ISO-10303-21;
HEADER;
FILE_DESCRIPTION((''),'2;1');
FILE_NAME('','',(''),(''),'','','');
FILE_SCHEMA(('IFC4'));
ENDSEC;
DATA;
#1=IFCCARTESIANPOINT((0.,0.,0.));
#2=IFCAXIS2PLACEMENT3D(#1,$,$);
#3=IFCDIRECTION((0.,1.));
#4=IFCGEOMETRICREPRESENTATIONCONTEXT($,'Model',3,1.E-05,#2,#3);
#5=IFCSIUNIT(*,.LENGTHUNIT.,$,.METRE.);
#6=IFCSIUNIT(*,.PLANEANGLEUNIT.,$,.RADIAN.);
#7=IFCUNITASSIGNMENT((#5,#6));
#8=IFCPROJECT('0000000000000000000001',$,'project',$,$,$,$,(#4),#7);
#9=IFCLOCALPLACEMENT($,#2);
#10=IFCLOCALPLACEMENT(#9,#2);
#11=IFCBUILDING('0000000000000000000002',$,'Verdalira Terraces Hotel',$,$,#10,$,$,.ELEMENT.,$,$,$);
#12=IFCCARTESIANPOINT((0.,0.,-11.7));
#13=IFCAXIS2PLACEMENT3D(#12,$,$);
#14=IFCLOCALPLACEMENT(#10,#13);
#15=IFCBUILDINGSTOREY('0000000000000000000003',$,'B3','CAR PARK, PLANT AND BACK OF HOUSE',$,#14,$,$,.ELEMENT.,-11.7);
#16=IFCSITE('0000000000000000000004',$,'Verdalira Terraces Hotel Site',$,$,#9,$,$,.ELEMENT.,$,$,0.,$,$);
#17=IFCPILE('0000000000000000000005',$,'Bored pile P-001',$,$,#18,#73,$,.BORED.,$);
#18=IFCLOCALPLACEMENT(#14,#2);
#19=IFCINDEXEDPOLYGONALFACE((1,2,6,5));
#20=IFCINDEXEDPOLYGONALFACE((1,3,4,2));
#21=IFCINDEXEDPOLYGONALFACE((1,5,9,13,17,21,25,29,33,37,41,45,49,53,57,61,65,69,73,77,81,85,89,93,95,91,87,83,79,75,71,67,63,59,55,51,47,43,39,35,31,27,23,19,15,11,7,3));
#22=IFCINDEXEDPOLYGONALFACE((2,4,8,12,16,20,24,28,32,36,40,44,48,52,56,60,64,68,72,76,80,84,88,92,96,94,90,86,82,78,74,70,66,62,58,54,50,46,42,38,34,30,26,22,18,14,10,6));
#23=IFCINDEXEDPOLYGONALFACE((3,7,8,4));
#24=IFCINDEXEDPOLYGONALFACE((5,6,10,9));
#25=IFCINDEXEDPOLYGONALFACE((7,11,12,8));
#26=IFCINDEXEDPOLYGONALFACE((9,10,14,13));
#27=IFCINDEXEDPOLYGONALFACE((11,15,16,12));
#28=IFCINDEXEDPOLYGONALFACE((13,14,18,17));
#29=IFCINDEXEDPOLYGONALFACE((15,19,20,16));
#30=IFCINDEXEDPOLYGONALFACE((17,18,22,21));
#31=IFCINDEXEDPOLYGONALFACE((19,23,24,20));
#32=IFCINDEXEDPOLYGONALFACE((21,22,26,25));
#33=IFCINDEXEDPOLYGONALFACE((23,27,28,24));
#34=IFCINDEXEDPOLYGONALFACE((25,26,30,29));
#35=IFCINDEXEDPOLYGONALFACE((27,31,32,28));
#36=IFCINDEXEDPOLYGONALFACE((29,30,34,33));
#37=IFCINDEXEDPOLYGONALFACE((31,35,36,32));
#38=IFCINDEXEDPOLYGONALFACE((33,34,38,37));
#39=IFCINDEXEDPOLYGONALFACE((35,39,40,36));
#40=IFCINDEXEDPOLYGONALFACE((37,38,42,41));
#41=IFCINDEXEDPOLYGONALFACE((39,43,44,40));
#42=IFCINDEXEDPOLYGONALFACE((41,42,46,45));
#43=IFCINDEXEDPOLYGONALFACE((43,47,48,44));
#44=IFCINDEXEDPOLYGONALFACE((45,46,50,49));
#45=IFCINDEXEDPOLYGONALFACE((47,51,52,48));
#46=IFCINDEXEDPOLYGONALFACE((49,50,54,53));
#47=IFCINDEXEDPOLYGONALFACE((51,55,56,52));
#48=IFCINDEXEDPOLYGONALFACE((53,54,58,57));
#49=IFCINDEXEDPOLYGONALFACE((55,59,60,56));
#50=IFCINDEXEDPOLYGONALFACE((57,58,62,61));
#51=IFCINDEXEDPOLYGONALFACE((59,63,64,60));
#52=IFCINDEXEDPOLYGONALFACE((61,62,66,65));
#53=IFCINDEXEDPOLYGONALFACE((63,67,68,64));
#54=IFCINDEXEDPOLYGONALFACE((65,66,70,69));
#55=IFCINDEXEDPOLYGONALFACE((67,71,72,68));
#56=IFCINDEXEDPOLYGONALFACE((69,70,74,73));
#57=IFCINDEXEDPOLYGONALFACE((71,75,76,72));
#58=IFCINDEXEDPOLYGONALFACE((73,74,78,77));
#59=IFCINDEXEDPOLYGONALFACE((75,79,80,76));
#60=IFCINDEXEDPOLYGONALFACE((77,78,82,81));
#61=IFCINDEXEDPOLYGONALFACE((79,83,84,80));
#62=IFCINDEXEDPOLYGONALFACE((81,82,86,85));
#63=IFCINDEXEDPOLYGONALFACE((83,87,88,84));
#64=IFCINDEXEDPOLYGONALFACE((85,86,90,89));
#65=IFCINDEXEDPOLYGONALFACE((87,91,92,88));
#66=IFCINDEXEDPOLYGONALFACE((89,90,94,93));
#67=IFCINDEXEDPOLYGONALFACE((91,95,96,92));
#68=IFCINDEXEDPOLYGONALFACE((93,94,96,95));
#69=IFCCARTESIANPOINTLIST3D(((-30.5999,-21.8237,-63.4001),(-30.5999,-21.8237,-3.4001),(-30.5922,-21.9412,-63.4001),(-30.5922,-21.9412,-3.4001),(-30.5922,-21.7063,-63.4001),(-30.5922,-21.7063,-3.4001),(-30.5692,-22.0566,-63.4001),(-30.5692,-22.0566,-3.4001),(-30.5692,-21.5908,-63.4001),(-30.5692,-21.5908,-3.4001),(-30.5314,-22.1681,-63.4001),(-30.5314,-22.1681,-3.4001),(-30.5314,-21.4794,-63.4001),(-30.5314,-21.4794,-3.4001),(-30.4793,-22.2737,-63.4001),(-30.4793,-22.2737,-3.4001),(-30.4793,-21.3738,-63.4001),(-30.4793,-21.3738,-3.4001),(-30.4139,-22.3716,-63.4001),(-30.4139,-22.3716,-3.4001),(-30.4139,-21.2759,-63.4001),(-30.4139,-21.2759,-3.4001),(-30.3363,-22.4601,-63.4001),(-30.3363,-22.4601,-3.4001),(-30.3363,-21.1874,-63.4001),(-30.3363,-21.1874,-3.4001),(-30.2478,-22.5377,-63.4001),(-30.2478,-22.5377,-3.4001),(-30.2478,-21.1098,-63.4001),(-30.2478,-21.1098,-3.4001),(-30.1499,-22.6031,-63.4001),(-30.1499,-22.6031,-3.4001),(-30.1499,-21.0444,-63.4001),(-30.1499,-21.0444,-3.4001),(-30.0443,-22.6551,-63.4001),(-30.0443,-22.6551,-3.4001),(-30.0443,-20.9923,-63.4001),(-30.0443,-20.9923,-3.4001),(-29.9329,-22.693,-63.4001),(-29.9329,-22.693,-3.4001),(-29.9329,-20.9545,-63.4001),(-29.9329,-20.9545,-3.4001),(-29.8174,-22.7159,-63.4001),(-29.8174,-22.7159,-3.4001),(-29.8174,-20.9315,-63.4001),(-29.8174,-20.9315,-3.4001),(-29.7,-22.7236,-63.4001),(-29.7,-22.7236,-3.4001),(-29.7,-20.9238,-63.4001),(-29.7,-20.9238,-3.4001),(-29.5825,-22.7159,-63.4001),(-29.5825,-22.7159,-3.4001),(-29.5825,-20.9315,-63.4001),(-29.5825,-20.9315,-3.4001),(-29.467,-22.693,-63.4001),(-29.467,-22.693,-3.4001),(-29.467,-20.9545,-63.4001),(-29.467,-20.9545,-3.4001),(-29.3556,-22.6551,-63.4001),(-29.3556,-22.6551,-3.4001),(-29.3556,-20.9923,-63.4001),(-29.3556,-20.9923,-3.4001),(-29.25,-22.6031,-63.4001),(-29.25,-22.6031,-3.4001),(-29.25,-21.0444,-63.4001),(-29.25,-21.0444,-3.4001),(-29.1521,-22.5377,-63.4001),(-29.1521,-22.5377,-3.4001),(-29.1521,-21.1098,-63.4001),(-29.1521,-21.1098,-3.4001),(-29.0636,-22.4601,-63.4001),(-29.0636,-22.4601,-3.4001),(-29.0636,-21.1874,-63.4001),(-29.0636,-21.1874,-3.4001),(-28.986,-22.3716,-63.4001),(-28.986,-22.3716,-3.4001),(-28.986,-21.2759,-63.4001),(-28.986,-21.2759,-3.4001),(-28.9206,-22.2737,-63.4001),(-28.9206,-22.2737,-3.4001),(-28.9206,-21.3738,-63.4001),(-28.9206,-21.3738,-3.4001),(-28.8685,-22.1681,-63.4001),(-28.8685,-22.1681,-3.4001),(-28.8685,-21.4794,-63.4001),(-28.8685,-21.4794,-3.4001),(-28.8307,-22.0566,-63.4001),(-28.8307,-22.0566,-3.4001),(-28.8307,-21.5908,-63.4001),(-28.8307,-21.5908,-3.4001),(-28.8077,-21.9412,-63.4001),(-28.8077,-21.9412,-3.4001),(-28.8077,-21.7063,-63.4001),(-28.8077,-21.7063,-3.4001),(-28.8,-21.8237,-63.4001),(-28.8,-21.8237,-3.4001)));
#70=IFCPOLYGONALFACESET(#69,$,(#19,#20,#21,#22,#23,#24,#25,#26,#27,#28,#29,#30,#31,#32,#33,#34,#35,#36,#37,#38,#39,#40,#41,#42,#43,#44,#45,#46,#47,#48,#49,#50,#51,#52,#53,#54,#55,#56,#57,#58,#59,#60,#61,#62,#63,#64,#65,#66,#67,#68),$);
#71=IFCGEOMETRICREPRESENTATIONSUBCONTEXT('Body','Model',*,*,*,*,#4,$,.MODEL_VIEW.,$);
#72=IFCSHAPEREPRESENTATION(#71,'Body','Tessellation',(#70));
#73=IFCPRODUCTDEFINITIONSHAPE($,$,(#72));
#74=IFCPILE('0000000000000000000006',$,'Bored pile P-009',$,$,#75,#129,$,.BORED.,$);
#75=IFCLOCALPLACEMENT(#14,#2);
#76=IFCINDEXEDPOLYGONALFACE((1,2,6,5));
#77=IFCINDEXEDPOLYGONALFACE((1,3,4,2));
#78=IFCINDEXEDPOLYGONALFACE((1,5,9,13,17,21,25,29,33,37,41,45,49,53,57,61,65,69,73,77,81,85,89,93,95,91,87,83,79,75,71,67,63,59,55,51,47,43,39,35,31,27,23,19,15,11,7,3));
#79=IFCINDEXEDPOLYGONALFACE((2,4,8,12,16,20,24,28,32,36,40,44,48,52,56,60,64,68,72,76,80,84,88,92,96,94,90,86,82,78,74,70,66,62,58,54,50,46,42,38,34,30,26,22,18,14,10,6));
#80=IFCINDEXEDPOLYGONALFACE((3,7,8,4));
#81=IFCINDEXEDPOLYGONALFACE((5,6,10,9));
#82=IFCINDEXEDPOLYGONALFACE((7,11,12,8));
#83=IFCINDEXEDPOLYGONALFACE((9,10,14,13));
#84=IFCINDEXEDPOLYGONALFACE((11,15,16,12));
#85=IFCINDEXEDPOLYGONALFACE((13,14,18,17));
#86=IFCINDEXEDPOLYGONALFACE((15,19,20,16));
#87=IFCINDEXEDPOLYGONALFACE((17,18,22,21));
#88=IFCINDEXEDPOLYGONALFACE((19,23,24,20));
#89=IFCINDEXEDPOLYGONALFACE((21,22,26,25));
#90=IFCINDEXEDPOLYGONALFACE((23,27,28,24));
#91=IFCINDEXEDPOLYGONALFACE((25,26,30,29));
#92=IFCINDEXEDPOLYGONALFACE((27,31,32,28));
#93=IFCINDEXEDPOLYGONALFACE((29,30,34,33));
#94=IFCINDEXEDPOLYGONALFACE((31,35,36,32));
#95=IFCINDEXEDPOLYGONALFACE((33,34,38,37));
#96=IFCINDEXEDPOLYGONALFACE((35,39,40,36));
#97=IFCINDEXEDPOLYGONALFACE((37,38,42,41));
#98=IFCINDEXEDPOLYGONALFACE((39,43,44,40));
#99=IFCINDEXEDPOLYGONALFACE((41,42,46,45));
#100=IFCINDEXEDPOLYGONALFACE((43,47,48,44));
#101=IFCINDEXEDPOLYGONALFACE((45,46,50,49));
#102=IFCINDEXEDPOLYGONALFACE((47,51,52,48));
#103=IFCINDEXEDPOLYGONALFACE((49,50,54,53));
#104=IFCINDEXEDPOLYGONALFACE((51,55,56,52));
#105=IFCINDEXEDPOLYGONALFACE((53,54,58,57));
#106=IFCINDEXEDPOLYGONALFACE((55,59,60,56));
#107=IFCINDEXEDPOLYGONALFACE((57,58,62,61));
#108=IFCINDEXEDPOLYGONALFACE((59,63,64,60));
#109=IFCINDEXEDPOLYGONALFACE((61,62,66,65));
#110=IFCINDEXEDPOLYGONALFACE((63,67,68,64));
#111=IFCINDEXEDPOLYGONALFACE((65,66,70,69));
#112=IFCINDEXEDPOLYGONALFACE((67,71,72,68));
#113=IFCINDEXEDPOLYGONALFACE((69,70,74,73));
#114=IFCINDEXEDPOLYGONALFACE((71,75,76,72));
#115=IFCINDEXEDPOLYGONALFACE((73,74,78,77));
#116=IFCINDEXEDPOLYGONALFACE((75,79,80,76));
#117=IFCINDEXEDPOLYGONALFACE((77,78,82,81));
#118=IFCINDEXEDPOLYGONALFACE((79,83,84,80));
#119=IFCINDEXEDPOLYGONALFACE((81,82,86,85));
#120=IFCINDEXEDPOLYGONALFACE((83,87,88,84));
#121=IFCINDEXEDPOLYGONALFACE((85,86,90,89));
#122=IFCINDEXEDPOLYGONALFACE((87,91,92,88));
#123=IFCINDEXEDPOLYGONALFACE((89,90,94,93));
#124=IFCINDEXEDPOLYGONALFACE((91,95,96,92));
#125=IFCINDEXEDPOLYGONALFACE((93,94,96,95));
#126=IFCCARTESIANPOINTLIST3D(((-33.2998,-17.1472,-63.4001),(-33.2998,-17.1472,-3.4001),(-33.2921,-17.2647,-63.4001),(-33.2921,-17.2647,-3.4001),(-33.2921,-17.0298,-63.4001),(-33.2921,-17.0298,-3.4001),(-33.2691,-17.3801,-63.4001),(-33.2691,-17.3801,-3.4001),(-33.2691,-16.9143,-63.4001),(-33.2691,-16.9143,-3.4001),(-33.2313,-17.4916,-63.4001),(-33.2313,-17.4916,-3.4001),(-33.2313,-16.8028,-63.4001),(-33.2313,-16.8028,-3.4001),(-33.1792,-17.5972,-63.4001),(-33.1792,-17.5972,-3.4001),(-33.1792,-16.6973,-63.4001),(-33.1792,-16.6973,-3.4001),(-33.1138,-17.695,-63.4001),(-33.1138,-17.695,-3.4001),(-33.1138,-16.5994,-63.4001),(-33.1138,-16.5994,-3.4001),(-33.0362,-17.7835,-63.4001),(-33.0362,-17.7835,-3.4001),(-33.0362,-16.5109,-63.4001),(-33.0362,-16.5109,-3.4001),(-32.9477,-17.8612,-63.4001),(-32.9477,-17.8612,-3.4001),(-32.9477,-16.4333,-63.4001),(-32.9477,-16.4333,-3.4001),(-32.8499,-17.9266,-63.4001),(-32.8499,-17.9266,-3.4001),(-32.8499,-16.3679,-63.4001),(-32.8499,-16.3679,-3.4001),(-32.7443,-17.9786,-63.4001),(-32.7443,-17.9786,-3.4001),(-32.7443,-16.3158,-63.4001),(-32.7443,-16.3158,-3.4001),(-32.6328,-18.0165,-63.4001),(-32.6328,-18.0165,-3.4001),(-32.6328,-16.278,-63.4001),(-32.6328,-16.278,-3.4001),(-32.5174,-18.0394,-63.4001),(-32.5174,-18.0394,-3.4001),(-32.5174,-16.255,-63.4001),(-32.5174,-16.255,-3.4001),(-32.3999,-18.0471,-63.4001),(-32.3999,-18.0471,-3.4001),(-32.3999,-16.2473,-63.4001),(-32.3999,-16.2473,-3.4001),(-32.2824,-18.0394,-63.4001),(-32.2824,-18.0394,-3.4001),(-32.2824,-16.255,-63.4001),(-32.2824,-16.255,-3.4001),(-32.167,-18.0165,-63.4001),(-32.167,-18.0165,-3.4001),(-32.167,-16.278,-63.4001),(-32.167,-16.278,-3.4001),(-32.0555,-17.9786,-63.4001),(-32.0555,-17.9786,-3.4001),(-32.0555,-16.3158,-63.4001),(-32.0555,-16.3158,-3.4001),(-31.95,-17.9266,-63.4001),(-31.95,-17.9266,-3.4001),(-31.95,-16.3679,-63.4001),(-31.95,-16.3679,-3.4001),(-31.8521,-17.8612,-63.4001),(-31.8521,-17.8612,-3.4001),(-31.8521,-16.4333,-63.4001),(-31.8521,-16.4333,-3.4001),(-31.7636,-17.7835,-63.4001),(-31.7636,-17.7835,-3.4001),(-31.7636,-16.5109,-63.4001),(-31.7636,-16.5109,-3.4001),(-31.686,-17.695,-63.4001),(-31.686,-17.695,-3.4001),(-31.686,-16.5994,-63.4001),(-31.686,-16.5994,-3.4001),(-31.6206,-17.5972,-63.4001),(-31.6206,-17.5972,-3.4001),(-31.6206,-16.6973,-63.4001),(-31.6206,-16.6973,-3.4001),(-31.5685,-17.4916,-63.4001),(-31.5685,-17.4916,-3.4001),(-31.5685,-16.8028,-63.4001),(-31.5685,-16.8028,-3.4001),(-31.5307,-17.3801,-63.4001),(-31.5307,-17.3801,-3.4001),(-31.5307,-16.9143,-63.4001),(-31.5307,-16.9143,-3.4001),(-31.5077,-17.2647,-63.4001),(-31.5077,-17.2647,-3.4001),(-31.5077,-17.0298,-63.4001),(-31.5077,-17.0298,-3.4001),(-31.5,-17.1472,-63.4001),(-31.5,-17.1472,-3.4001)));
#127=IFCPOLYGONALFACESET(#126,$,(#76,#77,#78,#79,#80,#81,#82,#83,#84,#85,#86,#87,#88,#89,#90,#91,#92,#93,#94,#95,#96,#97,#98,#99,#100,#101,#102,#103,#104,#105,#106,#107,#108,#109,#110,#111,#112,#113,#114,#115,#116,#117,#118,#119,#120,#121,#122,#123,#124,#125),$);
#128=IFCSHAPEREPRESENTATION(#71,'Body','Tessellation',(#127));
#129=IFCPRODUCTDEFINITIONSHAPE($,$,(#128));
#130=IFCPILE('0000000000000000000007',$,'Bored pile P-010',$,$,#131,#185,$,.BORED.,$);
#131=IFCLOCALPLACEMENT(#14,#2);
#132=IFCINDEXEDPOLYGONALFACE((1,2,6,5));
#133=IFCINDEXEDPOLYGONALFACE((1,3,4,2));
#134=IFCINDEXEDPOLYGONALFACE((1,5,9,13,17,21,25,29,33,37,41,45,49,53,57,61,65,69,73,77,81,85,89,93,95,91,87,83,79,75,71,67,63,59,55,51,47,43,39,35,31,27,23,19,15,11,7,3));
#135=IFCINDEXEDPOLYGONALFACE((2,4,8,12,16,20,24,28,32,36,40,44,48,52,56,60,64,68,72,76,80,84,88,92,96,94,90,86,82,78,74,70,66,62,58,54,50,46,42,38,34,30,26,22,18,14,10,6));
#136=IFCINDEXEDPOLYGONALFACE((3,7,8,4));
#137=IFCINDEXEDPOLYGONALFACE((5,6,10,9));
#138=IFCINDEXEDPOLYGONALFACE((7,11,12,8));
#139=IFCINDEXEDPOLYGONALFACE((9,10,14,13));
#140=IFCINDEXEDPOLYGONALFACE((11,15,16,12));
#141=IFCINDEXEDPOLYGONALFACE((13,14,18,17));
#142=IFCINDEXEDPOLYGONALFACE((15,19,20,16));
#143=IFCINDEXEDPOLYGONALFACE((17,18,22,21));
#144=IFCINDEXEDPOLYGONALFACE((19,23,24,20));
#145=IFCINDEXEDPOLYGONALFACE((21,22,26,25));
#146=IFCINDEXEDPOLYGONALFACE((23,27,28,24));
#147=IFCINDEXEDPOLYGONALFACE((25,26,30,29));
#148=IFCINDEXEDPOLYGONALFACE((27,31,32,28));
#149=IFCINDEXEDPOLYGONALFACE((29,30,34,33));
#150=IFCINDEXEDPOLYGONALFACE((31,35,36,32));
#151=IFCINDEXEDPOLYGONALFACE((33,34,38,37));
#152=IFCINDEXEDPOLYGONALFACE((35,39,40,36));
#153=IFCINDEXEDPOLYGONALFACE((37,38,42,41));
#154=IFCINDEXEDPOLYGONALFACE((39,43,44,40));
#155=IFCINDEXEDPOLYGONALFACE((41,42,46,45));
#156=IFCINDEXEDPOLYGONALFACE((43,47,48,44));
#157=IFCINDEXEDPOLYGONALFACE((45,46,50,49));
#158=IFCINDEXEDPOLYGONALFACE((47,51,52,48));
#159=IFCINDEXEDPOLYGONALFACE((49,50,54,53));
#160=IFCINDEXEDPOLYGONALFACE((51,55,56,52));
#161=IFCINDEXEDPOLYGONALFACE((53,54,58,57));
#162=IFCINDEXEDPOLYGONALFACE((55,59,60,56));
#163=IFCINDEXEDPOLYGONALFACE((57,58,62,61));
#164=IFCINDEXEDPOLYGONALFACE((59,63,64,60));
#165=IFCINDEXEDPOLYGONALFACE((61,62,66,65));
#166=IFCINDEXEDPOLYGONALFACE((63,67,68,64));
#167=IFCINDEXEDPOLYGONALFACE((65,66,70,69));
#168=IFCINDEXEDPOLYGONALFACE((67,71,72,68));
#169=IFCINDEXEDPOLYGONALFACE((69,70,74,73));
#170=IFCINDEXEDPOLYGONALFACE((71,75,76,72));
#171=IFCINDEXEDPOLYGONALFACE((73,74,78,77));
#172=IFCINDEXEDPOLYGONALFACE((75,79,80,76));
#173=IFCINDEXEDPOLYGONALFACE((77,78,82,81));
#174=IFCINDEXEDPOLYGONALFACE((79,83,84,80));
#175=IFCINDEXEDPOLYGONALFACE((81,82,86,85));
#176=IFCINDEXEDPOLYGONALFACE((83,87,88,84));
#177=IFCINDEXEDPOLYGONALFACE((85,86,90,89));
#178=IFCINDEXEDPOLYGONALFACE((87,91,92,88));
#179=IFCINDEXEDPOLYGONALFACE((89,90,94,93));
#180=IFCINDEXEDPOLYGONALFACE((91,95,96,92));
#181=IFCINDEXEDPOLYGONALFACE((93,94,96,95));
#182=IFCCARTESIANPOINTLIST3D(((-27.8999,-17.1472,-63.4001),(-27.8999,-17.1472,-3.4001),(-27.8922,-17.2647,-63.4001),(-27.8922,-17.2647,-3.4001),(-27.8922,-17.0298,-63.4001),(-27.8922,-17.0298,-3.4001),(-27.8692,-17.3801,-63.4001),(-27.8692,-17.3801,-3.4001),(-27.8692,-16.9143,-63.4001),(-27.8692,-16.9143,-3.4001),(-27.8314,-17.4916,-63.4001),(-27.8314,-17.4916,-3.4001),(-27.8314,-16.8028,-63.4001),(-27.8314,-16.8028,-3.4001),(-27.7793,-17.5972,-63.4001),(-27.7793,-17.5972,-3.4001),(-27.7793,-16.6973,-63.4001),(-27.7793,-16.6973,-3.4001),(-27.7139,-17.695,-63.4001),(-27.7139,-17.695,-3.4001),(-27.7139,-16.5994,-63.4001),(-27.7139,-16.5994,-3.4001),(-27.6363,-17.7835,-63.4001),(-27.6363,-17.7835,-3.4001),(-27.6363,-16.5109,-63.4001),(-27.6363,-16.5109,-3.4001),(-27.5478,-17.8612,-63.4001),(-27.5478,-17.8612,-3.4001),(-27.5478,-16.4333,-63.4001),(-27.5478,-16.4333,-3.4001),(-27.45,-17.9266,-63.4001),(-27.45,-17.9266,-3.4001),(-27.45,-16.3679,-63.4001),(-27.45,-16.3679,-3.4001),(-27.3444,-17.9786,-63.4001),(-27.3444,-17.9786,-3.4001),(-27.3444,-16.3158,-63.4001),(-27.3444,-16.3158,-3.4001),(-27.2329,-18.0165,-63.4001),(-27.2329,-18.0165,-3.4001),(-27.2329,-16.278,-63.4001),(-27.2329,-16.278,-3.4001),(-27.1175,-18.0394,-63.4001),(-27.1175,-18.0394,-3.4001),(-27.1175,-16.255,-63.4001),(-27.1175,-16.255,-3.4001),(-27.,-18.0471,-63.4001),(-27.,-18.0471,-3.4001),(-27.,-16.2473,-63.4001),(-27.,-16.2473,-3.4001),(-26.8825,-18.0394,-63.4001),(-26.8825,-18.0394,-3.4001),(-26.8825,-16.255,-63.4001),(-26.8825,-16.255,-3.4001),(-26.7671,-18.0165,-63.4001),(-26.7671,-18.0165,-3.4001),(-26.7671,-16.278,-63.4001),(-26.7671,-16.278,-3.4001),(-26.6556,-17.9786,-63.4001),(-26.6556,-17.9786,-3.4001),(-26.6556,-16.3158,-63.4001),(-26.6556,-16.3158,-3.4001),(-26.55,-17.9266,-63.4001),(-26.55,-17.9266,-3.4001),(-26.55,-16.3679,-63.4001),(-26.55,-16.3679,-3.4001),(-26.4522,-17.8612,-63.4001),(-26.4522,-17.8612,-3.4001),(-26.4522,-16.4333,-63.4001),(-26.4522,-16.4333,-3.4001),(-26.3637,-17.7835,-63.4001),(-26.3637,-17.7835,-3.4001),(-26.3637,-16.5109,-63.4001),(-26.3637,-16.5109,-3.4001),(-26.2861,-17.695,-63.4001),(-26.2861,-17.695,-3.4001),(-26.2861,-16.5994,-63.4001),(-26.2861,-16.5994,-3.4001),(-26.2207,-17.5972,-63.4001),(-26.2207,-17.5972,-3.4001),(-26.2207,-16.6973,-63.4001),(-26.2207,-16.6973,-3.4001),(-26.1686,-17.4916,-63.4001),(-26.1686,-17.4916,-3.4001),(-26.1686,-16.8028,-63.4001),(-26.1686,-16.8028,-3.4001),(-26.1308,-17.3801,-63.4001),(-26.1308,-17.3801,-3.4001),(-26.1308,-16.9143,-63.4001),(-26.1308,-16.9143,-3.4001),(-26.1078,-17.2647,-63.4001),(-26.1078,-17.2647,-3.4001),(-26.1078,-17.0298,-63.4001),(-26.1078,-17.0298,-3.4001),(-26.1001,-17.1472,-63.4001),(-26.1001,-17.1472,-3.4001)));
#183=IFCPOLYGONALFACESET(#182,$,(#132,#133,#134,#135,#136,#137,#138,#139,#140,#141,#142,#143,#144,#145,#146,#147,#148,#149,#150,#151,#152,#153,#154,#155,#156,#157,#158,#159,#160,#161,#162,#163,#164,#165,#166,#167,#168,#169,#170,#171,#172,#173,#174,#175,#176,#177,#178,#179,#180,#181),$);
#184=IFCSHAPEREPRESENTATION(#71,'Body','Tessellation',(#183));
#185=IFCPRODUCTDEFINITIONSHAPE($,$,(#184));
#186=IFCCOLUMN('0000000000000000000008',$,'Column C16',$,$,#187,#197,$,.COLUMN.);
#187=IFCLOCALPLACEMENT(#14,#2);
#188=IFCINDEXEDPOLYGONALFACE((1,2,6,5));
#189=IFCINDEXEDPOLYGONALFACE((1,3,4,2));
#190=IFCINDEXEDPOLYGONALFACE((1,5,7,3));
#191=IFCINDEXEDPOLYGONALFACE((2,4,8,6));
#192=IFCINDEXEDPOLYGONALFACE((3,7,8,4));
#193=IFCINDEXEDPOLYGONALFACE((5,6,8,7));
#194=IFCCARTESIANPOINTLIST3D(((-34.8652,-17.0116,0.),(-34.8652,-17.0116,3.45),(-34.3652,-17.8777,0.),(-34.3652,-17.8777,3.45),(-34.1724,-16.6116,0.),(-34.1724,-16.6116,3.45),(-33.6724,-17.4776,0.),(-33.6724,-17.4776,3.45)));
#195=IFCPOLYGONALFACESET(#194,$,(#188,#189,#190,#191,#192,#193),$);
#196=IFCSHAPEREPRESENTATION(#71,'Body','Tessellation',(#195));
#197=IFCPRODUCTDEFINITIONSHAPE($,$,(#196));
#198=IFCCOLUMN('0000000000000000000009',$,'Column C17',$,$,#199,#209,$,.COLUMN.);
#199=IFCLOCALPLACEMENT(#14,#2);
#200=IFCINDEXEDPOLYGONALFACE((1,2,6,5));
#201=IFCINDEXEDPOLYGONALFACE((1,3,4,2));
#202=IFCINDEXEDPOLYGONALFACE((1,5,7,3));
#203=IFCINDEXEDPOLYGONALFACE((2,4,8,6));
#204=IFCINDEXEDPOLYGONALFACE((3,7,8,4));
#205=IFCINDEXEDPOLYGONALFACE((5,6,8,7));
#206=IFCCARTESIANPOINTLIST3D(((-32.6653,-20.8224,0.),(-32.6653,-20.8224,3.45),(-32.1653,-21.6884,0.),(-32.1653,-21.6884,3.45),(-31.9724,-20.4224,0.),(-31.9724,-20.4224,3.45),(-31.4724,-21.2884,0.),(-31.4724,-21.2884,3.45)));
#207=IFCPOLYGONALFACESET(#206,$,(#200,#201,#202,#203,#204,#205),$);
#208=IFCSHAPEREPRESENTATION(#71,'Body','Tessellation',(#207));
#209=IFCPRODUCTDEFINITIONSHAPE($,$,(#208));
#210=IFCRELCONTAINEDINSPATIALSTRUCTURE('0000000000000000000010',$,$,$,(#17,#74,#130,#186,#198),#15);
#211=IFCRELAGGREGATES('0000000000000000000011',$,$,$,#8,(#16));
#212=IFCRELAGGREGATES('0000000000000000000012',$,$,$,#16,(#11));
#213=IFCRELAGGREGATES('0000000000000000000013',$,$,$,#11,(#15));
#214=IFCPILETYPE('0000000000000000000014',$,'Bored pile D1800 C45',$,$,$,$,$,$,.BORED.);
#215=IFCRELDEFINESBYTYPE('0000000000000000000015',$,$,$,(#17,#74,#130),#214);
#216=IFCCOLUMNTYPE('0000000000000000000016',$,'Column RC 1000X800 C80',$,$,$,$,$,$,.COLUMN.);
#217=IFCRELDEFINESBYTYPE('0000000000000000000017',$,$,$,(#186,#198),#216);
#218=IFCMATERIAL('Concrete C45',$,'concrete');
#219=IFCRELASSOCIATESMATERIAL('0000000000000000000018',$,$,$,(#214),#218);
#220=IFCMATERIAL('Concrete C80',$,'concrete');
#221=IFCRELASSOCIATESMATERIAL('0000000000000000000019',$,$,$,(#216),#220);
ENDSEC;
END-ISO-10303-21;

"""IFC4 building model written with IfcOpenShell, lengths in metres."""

from ifc_helpers import new_model, si_unit, direction, frame, origin, origin_2d, place, context, subcontext, project, spatial, rectangle, circle, extrude, material, material_profile, profile_set, type_object, element, save


model = new_model("IFC4")

# Units and contexts
model_context = context("Model", 3, precision=1e-05, world=origin(), true_north=direction((0.0, 1.0)))
body_context = subcontext(model_context, "Body", "Model", "MODEL_VIEW")
ifc_project = project(units=[si_unit("LENGTHUNIT", "METRE"), si_unit("PLANEANGLEUNIT", "RADIAN")], contexts=[model_context])

# Site, building, storey
site_placement = place(None, origin())
site = spatial("IfcSite", under=ifc_project, at=site_placement, Name="Verdalira Terraces Hotel Site", CompositionType="ELEMENT", RefElevation=0.0)
building_placement = place(site_placement, origin())
building = spatial("IfcBuilding", under=site, at=building_placement, Name="Verdalira Terraces Hotel", CompositionType="ELEMENT")
storey_placement = place(building_placement, frame((0.0, 0.0, -11.7)))
storey = spatial("IfcBuildingStorey", under=building, at=storey_placement, Name="B3", Description="CAR PARK, PLANT AND BACK OF HOUSE", CompositionType="ELEMENT", Elevation=-11.7)

# Piles
ifc_material_1 = material(Name="Concrete C45", Category="concrete")
ifc_material_profile_1 = material_profile(ifc_material_1, circle(Radius=0.8999, at=origin_2d()), Name="D1800")
ifc_profile_set_1 = profile_set([ifc_material_profile_1], Name="Concrete C45")
pile_type = type_object("IfcPileType", Name="Bored pile D1800 C45", PredefinedType="BORED", material=ifc_profile_set_1)
for number, where, z_axis, x_axis, name in (
    (1, (-29.7, -21.8237, -3.4001), (0.0, 0.0, -1.0), (1.0, 0.0, 0.0), "Bored pile P-001"),
    (2, (-32.3999, -17.1472, -3.4001), (0.0, 0.0, -1.0), (1.0, 0.0, 0.0), "Bored pile P-009"),
    (3, (-27.0, -17.1472, -3.4001), (0.0, 0.0, -1.0), (1.0, 0.0, 0.0), "Bored pile P-010"),
):
    element("IfcPile", number, at=place(storey_placement, frame(where, z_axis=z_axis, x_axis=x_axis)), inside=storey, type_object=pile_type, Name=name, PredefinedType="BORED", context=body_context, shape_type="SweptSolid", body=[
        extrude(circle(Radius=0.8999, at=origin_2d()), origin(), (0.0, 0.0, 1.0), 60.0),
    ])

# Columns
ifc_material_2 = material(Name="Concrete C80", Category="concrete")
ifc_material_profile_2 = material_profile(ifc_material_2, rectangle(XDim=1.0, YDim=0.8, at=origin_2d()), Name="RC 1000X800")
ifc_profile_set_2 = profile_set([ifc_material_profile_2], Name="Concrete C80")
column_type_1 = type_object("IfcColumnType", Name="Column RC 1000X800 C80", PredefinedType="COLUMN", material=ifc_profile_set_2)
for number, where, z_axis, x_axis, name in (
    (4, (-34.2688, -17.2446, 0.0), (0.0, 0.0, 1.0), (0.5, -0.866025, 0.0), "Column C16"),
    (5, (-32.0688, -21.0554, 0.0), (0.0, 0.0, 1.0), (0.5, -0.866025, 0.0), "Column C17"),
):
    element("IfcColumn", number, at=place(storey_placement, frame(where, z_axis=z_axis, x_axis=x_axis)), inside=storey, type_object=column_type_1, Name=name, PredefinedType="COLUMN", context=body_context, shape_type="SweptSolid", body=[
        extrude(rectangle(XDim=1.0, YDim=0.8, at=origin_2d()), origin(), (0.0, 0.0, 1.0), 3.45),
    ])

save(model, "model.ifc")
